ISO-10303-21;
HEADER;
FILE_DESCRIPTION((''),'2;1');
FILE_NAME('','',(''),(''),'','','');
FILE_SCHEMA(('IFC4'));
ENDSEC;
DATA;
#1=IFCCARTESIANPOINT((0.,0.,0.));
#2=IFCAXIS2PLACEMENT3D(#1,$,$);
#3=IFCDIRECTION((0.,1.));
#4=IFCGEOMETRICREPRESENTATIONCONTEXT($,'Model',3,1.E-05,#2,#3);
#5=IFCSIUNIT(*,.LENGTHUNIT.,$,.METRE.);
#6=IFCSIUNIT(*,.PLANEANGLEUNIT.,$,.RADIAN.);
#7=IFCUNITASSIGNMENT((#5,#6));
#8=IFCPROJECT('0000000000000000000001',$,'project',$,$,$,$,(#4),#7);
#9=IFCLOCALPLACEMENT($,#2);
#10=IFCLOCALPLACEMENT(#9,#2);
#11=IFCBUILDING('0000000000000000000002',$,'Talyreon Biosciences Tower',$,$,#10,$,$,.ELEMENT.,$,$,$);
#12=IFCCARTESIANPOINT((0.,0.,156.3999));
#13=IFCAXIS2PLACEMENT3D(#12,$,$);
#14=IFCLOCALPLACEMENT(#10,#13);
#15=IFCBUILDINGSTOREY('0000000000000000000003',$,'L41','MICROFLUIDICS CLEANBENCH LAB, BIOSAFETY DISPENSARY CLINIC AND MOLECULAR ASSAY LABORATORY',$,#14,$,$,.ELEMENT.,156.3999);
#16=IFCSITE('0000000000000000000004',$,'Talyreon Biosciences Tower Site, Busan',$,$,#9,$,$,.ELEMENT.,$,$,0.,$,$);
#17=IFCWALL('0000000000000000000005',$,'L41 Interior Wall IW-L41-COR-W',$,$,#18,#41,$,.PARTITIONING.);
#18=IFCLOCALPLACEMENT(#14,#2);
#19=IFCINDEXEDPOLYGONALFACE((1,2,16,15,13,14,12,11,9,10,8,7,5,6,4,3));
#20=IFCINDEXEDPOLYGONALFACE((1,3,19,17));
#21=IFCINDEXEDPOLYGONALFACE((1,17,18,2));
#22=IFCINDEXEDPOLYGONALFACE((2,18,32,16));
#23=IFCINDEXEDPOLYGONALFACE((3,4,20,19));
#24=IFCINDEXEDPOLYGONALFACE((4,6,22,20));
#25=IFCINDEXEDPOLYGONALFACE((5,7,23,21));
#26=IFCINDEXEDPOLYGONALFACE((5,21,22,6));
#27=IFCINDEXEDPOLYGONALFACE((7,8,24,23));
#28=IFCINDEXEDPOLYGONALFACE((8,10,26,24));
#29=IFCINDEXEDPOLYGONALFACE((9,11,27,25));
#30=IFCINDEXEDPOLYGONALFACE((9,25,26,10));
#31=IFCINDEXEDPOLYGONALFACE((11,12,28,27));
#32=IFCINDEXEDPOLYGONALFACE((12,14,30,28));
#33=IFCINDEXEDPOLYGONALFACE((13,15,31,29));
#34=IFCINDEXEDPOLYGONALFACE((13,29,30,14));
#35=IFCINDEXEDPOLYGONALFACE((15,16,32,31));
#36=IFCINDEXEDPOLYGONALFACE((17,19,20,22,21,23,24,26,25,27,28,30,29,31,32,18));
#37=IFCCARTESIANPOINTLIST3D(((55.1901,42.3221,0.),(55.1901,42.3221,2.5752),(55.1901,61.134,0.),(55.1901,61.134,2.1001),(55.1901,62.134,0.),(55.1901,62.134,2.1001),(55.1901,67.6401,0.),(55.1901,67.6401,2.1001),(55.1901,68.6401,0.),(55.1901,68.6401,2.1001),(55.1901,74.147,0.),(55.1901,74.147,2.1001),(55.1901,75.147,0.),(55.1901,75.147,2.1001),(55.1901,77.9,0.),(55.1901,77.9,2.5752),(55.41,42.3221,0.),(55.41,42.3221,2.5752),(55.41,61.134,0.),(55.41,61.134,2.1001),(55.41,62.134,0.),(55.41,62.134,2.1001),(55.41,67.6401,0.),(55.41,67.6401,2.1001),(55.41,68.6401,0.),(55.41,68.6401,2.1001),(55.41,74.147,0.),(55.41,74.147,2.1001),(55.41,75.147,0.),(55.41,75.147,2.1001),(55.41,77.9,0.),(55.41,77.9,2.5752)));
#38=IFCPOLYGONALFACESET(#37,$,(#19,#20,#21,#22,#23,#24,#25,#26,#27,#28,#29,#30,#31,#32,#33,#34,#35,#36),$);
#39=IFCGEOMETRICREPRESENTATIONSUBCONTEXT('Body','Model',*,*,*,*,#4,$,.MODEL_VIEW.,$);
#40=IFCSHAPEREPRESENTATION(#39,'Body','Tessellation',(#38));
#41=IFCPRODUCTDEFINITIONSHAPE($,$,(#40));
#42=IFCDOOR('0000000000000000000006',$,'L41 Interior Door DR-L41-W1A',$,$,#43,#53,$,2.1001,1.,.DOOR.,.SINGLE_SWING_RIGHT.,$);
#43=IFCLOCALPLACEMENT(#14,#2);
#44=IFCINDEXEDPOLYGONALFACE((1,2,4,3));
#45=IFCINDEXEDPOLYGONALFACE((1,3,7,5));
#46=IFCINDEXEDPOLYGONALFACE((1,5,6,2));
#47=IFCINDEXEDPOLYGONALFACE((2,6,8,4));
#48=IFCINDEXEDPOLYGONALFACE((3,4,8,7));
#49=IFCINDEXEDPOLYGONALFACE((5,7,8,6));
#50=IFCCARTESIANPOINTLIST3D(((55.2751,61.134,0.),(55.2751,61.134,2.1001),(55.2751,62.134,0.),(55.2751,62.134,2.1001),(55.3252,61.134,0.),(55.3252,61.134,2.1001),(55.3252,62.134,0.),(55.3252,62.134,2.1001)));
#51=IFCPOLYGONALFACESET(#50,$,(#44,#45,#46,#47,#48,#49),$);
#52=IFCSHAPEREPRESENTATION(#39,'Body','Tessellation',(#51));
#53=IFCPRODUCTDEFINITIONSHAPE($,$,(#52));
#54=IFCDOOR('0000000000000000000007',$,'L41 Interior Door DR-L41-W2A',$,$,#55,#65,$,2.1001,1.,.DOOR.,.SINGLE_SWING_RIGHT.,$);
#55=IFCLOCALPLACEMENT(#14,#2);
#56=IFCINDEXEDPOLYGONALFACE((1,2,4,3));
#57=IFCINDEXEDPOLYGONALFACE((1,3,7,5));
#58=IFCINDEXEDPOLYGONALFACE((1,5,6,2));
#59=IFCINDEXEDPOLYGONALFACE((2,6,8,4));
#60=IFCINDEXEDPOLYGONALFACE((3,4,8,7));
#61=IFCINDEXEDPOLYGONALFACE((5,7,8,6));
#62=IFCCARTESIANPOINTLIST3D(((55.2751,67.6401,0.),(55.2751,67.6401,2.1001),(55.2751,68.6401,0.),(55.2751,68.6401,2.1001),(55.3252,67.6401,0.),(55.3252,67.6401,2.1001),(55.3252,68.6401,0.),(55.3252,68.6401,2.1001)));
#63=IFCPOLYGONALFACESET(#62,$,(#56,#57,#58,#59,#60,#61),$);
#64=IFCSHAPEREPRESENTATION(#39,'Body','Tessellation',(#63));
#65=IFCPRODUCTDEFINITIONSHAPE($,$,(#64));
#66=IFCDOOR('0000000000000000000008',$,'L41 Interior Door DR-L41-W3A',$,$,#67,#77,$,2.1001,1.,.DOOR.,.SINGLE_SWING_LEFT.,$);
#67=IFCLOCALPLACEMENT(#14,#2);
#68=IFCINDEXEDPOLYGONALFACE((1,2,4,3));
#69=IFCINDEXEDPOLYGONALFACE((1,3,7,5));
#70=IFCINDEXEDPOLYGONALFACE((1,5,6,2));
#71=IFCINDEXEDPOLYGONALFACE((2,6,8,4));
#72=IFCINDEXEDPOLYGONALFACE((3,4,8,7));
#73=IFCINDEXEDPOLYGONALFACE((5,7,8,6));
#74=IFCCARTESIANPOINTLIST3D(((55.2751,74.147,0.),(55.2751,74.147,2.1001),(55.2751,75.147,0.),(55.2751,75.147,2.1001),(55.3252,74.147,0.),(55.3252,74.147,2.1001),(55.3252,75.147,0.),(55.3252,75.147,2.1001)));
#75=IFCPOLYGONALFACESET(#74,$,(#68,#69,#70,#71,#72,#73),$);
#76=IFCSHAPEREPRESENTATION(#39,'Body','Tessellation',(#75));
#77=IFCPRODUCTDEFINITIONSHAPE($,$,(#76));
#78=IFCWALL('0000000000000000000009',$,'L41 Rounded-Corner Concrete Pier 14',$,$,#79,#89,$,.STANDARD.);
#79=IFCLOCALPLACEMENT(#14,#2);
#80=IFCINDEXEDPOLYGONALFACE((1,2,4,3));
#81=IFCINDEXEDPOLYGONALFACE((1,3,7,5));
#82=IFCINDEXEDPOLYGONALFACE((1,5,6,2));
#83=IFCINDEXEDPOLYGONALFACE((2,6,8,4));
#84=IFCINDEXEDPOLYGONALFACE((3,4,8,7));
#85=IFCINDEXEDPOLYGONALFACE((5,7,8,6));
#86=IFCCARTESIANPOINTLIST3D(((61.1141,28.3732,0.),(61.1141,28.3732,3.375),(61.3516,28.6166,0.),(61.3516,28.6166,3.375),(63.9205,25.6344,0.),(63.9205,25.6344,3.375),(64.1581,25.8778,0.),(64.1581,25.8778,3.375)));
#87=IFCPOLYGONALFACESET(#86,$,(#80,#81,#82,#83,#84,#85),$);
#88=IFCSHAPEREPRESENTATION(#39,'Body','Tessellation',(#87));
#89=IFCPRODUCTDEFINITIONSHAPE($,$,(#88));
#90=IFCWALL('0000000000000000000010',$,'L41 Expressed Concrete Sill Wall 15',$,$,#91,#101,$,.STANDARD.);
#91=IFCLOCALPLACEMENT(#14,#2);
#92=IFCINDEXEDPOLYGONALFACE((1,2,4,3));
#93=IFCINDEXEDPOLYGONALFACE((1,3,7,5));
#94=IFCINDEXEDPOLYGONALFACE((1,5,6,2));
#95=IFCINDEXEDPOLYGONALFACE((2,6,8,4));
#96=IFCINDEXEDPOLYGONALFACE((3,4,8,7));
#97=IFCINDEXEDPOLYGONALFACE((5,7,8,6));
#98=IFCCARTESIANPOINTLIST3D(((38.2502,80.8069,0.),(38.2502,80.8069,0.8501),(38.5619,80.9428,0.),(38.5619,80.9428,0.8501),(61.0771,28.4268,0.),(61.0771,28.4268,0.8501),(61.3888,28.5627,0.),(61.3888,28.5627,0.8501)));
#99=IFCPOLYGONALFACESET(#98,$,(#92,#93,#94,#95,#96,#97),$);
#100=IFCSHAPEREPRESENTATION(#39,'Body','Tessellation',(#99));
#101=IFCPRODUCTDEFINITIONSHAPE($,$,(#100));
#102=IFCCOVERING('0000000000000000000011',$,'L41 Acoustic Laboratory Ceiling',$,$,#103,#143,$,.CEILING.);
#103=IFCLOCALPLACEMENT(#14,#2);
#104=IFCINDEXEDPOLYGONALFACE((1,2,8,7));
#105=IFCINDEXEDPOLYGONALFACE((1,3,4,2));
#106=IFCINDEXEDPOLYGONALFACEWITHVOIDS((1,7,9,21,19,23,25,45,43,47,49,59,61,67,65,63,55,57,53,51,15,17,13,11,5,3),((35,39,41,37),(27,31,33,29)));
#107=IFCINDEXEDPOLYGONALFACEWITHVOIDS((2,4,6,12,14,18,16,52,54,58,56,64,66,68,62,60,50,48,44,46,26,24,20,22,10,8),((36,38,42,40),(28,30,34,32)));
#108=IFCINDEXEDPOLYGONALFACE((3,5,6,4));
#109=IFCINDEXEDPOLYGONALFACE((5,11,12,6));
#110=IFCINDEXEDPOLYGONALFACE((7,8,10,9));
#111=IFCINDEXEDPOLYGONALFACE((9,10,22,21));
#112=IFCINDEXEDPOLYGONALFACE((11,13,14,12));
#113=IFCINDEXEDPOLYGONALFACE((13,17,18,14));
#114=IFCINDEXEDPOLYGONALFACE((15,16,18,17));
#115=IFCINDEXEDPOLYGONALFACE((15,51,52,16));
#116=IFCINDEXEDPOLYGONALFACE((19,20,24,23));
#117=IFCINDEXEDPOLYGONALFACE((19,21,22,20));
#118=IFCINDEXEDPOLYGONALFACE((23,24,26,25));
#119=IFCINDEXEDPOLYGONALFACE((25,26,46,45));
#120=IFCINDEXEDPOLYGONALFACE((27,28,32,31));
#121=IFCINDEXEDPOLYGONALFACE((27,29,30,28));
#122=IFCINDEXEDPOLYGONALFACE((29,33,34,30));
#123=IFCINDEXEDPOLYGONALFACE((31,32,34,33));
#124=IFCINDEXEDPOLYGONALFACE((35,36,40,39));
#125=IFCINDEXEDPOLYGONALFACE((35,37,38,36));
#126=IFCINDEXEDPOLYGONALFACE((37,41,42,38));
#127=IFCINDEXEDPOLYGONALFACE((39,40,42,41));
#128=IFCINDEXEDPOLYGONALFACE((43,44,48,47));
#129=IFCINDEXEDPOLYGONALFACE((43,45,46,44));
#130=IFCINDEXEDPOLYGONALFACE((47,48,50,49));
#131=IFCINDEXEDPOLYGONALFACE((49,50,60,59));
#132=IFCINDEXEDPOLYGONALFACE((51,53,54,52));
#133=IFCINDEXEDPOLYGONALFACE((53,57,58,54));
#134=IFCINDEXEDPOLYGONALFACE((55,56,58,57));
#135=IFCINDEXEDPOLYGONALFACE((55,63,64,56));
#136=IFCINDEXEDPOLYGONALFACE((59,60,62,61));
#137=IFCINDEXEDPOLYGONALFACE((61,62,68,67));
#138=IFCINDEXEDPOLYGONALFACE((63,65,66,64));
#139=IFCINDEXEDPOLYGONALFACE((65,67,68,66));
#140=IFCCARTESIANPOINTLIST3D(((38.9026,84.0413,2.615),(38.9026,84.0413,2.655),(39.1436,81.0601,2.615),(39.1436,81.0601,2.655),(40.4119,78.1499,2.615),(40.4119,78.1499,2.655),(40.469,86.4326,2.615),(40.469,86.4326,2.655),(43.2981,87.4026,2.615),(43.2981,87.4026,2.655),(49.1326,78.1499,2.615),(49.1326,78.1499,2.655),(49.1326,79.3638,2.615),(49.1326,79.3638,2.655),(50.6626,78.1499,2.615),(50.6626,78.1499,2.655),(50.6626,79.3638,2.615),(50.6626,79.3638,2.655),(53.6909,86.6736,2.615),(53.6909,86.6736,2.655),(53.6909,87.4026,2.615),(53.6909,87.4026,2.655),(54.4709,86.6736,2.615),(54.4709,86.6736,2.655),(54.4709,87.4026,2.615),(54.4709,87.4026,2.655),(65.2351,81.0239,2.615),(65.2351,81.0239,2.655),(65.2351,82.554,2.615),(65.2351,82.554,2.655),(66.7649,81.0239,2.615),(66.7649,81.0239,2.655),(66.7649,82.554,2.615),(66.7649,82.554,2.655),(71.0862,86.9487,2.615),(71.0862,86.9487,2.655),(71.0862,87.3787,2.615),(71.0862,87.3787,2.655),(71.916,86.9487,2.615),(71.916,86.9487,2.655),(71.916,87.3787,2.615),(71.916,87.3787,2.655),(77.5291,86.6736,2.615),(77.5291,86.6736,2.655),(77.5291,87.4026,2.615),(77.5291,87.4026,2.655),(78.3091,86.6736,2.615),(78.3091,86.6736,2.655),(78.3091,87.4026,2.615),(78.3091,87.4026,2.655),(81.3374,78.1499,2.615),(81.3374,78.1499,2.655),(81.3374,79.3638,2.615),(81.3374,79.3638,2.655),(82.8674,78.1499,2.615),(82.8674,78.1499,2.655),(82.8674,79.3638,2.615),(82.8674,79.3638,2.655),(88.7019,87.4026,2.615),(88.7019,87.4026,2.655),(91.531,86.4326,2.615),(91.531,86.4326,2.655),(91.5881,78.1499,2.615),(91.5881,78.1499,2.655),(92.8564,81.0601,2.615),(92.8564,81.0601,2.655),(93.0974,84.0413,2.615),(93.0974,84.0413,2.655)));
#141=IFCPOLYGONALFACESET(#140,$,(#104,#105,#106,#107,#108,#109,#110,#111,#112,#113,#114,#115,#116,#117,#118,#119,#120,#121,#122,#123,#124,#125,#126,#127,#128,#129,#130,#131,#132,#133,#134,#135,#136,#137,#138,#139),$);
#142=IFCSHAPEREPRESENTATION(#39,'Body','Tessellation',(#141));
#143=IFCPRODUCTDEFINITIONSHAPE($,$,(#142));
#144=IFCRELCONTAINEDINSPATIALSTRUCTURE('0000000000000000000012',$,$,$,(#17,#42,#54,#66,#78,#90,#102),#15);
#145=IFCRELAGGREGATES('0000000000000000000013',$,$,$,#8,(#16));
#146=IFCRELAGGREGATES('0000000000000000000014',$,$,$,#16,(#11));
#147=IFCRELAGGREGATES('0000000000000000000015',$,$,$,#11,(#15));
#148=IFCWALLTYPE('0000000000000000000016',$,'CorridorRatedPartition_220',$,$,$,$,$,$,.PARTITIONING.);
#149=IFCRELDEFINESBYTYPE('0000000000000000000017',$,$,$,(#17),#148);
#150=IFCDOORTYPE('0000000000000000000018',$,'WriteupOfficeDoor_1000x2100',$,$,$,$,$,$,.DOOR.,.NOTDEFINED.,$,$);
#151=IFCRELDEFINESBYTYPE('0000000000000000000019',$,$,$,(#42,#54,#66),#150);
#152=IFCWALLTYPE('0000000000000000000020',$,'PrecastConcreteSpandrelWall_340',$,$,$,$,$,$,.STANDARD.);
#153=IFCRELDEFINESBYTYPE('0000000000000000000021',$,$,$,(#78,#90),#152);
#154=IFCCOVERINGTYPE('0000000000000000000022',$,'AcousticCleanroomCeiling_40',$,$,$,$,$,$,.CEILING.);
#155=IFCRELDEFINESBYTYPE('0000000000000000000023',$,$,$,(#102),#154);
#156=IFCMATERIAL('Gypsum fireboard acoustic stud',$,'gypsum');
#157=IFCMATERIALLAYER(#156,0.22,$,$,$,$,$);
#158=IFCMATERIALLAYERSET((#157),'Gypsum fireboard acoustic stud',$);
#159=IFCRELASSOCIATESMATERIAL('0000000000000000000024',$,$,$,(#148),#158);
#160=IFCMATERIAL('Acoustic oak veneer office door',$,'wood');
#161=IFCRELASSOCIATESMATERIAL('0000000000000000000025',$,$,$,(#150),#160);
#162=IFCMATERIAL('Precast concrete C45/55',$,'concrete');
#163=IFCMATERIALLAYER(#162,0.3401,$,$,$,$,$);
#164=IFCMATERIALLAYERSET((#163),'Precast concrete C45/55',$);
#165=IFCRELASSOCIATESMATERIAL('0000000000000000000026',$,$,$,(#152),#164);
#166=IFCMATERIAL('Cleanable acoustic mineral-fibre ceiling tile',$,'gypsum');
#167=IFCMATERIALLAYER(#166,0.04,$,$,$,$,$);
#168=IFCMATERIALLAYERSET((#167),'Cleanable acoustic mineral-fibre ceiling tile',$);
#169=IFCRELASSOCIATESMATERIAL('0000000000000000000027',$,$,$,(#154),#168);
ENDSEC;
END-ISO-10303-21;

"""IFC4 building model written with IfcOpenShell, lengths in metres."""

from ifc_helpers import new_model, si_unit, direction, frame, frame_2d, origin, place, context, subcontext, project, spatial, polyline, rectangle, outline, extrude, material, layer, layer_set, type_object, element, fill, save


model = new_model("IFC4")

# Units and contexts
model_context = context("Model", 3, precision=1e-05, world=origin(), true_north=direction((0.0, 1.0)))
body_context = subcontext(model_context, "Body", "Model", "MODEL_VIEW")
ifc_project = project(units=[si_unit("LENGTHUNIT", "METRE"), si_unit("PLANEANGLEUNIT", "RADIAN")], contexts=[model_context])

# Site, building, storey
site_placement = place(None, origin())
site = spatial("IfcSite", under=ifc_project, at=site_placement, Name="Talyreon Biosciences Tower Site, Busan", CompositionType="ELEMENT", RefElevation=0.0)
building_placement = place(site_placement, origin())
building = spatial("IfcBuilding", under=site, at=building_placement, Name="Talyreon Biosciences Tower", CompositionType="ELEMENT")
storey_placement = place(building_placement, frame((0.0, 0.0, 156.3999)))
storey = spatial("IfcBuildingStorey", under=building, at=storey_placement, Name="L41", Description="MICROFLUIDICS CLEANBENCH LAB, BIOSAFETY DISPENSARY CLINIC AND MOLECULAR ASSAY LABORATORY", CompositionType="ELEMENT", Elevation=156.3999)

# Shared definitions
ifc_material_1 = material(Name="Precast concrete C45/55", Category="concrete")

# Shared definitions
ifc_material_2 = material(Name="Gypsum fireboard acoustic stud", Category="gypsum")

# Wall, openings, doors
ifc_layer_1 = layer(ifc_material_2, 0.22)
ifc_layer_set_1 = layer_set([ifc_layer_1], Name="Gypsum fireboard acoustic stud")
wall_type_1 = type_object("IfcWallType", Name="CorridorRatedPartition_220", PredefinedType="PARTITIONING", material=ifc_layer_set_1)
wall_1_placement = place(storey_placement, frame((55.3, 42.322, 0.0), z_axis=(0.0, 0.0, 1.0), x_axis=(0.0, 1.0, 0.0)))
wall_1 = element("IfcWall", 1, at=wall_1_placement, inside=storey, type_object=wall_type_1, Name="L41 Interior Wall IW-L41-COR-W", PredefinedType="PARTITIONING", context=body_context, shape_type="SweptSolid", body=[
    extrude(rectangle(XDim=35.5779, YDim=0.22, at=frame_2d((17.7891, 0.0))), origin(), (0.0, 0.0, 1.0), 2.5752),
])
opening_1_placement = place(wall_1_placement, frame((18.812, 0.0, 0.0)))
opening_1 = element("IfcOpeningElement", 2, at=opening_1_placement, cuts=wall_1, PredefinedType="OPENING", context=body_context, shape_type="SweptSolid", body=[
    extrude(rectangle(XDim=1.0, YDim=2.1001, at=frame_2d((0.5, 1.05))), frame((0.0, 0.1199, 0.0), z_axis=(0.0, -1.0, 0.0), x_axis=(1.0, 0.0, 0.0)), (0.0, 0.0, 1.0), 0.24),
])
opening_2_placement = place(wall_1_placement, frame((25.3181, 0.0, 0.0)))
opening_2 = element("IfcOpeningElement", 3, at=opening_2_placement, cuts=wall_1, PredefinedType="OPENING", context=body_context, shape_type="SweptSolid", body=[
    extrude(rectangle(XDim=1.0, YDim=2.1001, at=frame_2d((0.5, 1.05))), frame((0.0, 0.1199, 0.0), z_axis=(0.0, -1.0, 0.0), x_axis=(1.0, 0.0, 0.0)), (0.0, 0.0, 1.0), 0.24),
])
opening_3_placement = place(wall_1_placement, frame((31.825, 0.0, 0.0)))
opening_3 = element("IfcOpeningElement", 4, at=opening_3_placement, cuts=wall_1, PredefinedType="OPENING", context=body_context, shape_type="SweptSolid", body=[
    extrude(rectangle(XDim=1.0, YDim=2.1001, at=frame_2d((0.5, 1.05))), frame((0.0, 0.1199, 0.0), z_axis=(0.0, -1.0, 0.0), x_axis=(1.0, 0.0, 0.0)), (0.0, 0.0, 1.0), 0.24),
])
ifc_material_3 = material(Name="Acoustic oak veneer office door", Category="wood")
door_type = type_object("IfcDoorType", Name="WriteupOfficeDoor_1000x2100", OperationType="NOTDEFINED", PredefinedType="DOOR", material=ifc_material_3)
door_1_placement = place(opening_1_placement, origin())
door_1 = element("IfcDoor", 5, at=door_1_placement, inside=storey, type_object=door_type, Name="L41 Interior Door DR-L41-W1A", OperationType="SINGLE_SWING_RIGHT", OverallHeight=2.1001, OverallWidth=1.0, PredefinedType="DOOR", context=body_context, shape_type="SweptSolid", body=[
    extrude(rectangle(XDim=1.0, YDim=2.1001, at=frame_2d((0.5, 1.05))), frame((0.0, 0.0249, 0.0), z_axis=(0.0, -1.0, 0.0), x_axis=(1.0, 0.0, 0.0)), (0.0, 0.0, 1.0), 0.05),
])
fill(opening_1, door_1)
door_2_placement = place(opening_2_placement, origin())
door_2 = element("IfcDoor", 6, at=door_2_placement, inside=storey, type_object=door_type, Name="L41 Interior Door DR-L41-W2A", OperationType="SINGLE_SWING_RIGHT", OverallHeight=2.1001, OverallWidth=1.0, PredefinedType="DOOR", context=body_context, shape_type="SweptSolid", body=[
    extrude(rectangle(XDim=1.0, YDim=2.1001, at=frame_2d((0.5, 1.05))), frame((0.0, 0.0249, 0.0), z_axis=(0.0, -1.0, 0.0), x_axis=(1.0, 0.0, 0.0)), (0.0, 0.0, 1.0), 0.05),
])
fill(opening_2, door_2)
door_3_placement = place(opening_3_placement, origin())
door_3 = element("IfcDoor", 7, at=door_3_placement, inside=storey, type_object=door_type, Name="L41 Interior Door DR-L41-W3A", OperationType="SINGLE_SWING_LEFT", OverallHeight=2.1001, OverallWidth=1.0, PredefinedType="DOOR", context=body_context, shape_type="SweptSolid", body=[
    extrude(rectangle(XDim=1.0, YDim=2.1001, at=frame_2d((0.5, 1.05))), frame((0.0, 0.0249, 0.0), z_axis=(0.0, -1.0, 0.0), x_axis=(1.0, 0.0, 0.0)), (0.0, 0.0, 1.0), 0.05),
])
fill(opening_3, door_3)

# Walls
ifc_layer_2 = layer(ifc_material_1, 0.3401)
ifc_layer_set_2 = layer_set([ifc_layer_2], Name="Precast concrete C45/55")
wall_type_2 = type_object("IfcWallType", Name="PrecastConcreteSpandrelWall_340", PredefinedType="STANDARD", material=ifc_layer_set_2)
wall_2_placement = place(storey_placement, frame((64.0393, 25.7561, 0.0), z_axis=(0.0, 0.0, 1.0), x_axis=(-0.715677, 0.698431, 0.0)))
element("IfcWall", 8, at=wall_2_placement, inside=storey, type_object=wall_type_2, Name="L41 Rounded-Corner Concrete Pier 14", PredefinedType="STANDARD", context=body_context, shape_type="SweptSolid", body=[
    extrude(rectangle(XDim=3.9214, YDim=0.3401, at=frame_2d((1.9607, 0.0))), origin(), (0.0, 0.0, 1.0), 3.375),
])
wall_3_placement = place(storey_placement, frame((61.2329, 28.4949, 0.0), z_axis=(0.0, 0.0, 1.0), x_axis=(-0.399505, 0.916731, 0.0)))
element("IfcWall", 9, at=wall_3_placement, inside=storey, type_object=wall_type_2, Name="L41 Expressed Concrete Sill Wall 15", PredefinedType="STANDARD", context=body_context, shape_type="SweptSolid", body=[
    extrude(rectangle(XDim=57.1379, YDim=0.3401, at=frame_2d((28.5688, 0.0))), origin(), (0.0, 0.0, 1.0), 0.8501),
])

# Covering
ifc_material_4 = material(Name="Cleanable acoustic mineral-fibre ceiling tile", Category="gypsum")
ifc_layer_3 = layer(ifc_material_4, 0.04)
ifc_layer_set_3 = layer_set([ifc_layer_3], Name="Cleanable acoustic mineral-fibre ceiling tile")
covering_type_1 = type_object("IfcCoveringType", Name="AcousticCleanroomCeiling_40", PredefinedType="CEILING", material=ifc_layer_set_3)
covering_1_placement = place(storey_placement, frame((0.0, 0.0, 2.615)))
element("IfcCovering", 10, at=covering_1_placement, inside=storey, type_object=covering_type_1, Name="L41 Acoustic Laboratory Ceiling", PredefinedType="CEILING", context=body_context, shape_type="SweptSolid", body=[
    extrude(outline(polyline([(40.469, 86.4326), (43.2981, 87.4026), (53.6909, 87.4026), (53.6909, 86.6736), (54.4709, 86.6736), (54.4709, 87.4026), (77.5291, 87.4026), (77.5291, 86.6736), (78.3091, 86.6736), (78.3091, 87.4026), (88.7019, 87.4026), (91.531, 86.4326), (93.0974, 84.0413), (92.8564, 81.0601), (91.5881, 78.1499), (82.8674, 78.1499), (82.8674, 79.3638), (81.3374, 79.3638), (81.3374, 78.1499), (50.6626, 78.1499), (50.6626, 79.3638), (49.1326, 79.3638), (49.1326, 78.1499), (40.4119, 78.1499), (39.1436, 81.0601), (38.9026, 84.0413), (40.469, 86.4326)]), holes=[polyline([(65.2351, 81.0239), (66.7649, 81.0239), (66.7649, 82.554), (65.2351, 82.554), (65.2351, 81.0239)]), polyline([(71.916, 87.3787), (71.0862, 87.3787), (71.0862, 86.9487), (71.916, 86.9487), (71.916, 87.3787)])]), origin(), (0.0, 0.0, 1.0), 0.04),
])

save(model, "model.ifc")
